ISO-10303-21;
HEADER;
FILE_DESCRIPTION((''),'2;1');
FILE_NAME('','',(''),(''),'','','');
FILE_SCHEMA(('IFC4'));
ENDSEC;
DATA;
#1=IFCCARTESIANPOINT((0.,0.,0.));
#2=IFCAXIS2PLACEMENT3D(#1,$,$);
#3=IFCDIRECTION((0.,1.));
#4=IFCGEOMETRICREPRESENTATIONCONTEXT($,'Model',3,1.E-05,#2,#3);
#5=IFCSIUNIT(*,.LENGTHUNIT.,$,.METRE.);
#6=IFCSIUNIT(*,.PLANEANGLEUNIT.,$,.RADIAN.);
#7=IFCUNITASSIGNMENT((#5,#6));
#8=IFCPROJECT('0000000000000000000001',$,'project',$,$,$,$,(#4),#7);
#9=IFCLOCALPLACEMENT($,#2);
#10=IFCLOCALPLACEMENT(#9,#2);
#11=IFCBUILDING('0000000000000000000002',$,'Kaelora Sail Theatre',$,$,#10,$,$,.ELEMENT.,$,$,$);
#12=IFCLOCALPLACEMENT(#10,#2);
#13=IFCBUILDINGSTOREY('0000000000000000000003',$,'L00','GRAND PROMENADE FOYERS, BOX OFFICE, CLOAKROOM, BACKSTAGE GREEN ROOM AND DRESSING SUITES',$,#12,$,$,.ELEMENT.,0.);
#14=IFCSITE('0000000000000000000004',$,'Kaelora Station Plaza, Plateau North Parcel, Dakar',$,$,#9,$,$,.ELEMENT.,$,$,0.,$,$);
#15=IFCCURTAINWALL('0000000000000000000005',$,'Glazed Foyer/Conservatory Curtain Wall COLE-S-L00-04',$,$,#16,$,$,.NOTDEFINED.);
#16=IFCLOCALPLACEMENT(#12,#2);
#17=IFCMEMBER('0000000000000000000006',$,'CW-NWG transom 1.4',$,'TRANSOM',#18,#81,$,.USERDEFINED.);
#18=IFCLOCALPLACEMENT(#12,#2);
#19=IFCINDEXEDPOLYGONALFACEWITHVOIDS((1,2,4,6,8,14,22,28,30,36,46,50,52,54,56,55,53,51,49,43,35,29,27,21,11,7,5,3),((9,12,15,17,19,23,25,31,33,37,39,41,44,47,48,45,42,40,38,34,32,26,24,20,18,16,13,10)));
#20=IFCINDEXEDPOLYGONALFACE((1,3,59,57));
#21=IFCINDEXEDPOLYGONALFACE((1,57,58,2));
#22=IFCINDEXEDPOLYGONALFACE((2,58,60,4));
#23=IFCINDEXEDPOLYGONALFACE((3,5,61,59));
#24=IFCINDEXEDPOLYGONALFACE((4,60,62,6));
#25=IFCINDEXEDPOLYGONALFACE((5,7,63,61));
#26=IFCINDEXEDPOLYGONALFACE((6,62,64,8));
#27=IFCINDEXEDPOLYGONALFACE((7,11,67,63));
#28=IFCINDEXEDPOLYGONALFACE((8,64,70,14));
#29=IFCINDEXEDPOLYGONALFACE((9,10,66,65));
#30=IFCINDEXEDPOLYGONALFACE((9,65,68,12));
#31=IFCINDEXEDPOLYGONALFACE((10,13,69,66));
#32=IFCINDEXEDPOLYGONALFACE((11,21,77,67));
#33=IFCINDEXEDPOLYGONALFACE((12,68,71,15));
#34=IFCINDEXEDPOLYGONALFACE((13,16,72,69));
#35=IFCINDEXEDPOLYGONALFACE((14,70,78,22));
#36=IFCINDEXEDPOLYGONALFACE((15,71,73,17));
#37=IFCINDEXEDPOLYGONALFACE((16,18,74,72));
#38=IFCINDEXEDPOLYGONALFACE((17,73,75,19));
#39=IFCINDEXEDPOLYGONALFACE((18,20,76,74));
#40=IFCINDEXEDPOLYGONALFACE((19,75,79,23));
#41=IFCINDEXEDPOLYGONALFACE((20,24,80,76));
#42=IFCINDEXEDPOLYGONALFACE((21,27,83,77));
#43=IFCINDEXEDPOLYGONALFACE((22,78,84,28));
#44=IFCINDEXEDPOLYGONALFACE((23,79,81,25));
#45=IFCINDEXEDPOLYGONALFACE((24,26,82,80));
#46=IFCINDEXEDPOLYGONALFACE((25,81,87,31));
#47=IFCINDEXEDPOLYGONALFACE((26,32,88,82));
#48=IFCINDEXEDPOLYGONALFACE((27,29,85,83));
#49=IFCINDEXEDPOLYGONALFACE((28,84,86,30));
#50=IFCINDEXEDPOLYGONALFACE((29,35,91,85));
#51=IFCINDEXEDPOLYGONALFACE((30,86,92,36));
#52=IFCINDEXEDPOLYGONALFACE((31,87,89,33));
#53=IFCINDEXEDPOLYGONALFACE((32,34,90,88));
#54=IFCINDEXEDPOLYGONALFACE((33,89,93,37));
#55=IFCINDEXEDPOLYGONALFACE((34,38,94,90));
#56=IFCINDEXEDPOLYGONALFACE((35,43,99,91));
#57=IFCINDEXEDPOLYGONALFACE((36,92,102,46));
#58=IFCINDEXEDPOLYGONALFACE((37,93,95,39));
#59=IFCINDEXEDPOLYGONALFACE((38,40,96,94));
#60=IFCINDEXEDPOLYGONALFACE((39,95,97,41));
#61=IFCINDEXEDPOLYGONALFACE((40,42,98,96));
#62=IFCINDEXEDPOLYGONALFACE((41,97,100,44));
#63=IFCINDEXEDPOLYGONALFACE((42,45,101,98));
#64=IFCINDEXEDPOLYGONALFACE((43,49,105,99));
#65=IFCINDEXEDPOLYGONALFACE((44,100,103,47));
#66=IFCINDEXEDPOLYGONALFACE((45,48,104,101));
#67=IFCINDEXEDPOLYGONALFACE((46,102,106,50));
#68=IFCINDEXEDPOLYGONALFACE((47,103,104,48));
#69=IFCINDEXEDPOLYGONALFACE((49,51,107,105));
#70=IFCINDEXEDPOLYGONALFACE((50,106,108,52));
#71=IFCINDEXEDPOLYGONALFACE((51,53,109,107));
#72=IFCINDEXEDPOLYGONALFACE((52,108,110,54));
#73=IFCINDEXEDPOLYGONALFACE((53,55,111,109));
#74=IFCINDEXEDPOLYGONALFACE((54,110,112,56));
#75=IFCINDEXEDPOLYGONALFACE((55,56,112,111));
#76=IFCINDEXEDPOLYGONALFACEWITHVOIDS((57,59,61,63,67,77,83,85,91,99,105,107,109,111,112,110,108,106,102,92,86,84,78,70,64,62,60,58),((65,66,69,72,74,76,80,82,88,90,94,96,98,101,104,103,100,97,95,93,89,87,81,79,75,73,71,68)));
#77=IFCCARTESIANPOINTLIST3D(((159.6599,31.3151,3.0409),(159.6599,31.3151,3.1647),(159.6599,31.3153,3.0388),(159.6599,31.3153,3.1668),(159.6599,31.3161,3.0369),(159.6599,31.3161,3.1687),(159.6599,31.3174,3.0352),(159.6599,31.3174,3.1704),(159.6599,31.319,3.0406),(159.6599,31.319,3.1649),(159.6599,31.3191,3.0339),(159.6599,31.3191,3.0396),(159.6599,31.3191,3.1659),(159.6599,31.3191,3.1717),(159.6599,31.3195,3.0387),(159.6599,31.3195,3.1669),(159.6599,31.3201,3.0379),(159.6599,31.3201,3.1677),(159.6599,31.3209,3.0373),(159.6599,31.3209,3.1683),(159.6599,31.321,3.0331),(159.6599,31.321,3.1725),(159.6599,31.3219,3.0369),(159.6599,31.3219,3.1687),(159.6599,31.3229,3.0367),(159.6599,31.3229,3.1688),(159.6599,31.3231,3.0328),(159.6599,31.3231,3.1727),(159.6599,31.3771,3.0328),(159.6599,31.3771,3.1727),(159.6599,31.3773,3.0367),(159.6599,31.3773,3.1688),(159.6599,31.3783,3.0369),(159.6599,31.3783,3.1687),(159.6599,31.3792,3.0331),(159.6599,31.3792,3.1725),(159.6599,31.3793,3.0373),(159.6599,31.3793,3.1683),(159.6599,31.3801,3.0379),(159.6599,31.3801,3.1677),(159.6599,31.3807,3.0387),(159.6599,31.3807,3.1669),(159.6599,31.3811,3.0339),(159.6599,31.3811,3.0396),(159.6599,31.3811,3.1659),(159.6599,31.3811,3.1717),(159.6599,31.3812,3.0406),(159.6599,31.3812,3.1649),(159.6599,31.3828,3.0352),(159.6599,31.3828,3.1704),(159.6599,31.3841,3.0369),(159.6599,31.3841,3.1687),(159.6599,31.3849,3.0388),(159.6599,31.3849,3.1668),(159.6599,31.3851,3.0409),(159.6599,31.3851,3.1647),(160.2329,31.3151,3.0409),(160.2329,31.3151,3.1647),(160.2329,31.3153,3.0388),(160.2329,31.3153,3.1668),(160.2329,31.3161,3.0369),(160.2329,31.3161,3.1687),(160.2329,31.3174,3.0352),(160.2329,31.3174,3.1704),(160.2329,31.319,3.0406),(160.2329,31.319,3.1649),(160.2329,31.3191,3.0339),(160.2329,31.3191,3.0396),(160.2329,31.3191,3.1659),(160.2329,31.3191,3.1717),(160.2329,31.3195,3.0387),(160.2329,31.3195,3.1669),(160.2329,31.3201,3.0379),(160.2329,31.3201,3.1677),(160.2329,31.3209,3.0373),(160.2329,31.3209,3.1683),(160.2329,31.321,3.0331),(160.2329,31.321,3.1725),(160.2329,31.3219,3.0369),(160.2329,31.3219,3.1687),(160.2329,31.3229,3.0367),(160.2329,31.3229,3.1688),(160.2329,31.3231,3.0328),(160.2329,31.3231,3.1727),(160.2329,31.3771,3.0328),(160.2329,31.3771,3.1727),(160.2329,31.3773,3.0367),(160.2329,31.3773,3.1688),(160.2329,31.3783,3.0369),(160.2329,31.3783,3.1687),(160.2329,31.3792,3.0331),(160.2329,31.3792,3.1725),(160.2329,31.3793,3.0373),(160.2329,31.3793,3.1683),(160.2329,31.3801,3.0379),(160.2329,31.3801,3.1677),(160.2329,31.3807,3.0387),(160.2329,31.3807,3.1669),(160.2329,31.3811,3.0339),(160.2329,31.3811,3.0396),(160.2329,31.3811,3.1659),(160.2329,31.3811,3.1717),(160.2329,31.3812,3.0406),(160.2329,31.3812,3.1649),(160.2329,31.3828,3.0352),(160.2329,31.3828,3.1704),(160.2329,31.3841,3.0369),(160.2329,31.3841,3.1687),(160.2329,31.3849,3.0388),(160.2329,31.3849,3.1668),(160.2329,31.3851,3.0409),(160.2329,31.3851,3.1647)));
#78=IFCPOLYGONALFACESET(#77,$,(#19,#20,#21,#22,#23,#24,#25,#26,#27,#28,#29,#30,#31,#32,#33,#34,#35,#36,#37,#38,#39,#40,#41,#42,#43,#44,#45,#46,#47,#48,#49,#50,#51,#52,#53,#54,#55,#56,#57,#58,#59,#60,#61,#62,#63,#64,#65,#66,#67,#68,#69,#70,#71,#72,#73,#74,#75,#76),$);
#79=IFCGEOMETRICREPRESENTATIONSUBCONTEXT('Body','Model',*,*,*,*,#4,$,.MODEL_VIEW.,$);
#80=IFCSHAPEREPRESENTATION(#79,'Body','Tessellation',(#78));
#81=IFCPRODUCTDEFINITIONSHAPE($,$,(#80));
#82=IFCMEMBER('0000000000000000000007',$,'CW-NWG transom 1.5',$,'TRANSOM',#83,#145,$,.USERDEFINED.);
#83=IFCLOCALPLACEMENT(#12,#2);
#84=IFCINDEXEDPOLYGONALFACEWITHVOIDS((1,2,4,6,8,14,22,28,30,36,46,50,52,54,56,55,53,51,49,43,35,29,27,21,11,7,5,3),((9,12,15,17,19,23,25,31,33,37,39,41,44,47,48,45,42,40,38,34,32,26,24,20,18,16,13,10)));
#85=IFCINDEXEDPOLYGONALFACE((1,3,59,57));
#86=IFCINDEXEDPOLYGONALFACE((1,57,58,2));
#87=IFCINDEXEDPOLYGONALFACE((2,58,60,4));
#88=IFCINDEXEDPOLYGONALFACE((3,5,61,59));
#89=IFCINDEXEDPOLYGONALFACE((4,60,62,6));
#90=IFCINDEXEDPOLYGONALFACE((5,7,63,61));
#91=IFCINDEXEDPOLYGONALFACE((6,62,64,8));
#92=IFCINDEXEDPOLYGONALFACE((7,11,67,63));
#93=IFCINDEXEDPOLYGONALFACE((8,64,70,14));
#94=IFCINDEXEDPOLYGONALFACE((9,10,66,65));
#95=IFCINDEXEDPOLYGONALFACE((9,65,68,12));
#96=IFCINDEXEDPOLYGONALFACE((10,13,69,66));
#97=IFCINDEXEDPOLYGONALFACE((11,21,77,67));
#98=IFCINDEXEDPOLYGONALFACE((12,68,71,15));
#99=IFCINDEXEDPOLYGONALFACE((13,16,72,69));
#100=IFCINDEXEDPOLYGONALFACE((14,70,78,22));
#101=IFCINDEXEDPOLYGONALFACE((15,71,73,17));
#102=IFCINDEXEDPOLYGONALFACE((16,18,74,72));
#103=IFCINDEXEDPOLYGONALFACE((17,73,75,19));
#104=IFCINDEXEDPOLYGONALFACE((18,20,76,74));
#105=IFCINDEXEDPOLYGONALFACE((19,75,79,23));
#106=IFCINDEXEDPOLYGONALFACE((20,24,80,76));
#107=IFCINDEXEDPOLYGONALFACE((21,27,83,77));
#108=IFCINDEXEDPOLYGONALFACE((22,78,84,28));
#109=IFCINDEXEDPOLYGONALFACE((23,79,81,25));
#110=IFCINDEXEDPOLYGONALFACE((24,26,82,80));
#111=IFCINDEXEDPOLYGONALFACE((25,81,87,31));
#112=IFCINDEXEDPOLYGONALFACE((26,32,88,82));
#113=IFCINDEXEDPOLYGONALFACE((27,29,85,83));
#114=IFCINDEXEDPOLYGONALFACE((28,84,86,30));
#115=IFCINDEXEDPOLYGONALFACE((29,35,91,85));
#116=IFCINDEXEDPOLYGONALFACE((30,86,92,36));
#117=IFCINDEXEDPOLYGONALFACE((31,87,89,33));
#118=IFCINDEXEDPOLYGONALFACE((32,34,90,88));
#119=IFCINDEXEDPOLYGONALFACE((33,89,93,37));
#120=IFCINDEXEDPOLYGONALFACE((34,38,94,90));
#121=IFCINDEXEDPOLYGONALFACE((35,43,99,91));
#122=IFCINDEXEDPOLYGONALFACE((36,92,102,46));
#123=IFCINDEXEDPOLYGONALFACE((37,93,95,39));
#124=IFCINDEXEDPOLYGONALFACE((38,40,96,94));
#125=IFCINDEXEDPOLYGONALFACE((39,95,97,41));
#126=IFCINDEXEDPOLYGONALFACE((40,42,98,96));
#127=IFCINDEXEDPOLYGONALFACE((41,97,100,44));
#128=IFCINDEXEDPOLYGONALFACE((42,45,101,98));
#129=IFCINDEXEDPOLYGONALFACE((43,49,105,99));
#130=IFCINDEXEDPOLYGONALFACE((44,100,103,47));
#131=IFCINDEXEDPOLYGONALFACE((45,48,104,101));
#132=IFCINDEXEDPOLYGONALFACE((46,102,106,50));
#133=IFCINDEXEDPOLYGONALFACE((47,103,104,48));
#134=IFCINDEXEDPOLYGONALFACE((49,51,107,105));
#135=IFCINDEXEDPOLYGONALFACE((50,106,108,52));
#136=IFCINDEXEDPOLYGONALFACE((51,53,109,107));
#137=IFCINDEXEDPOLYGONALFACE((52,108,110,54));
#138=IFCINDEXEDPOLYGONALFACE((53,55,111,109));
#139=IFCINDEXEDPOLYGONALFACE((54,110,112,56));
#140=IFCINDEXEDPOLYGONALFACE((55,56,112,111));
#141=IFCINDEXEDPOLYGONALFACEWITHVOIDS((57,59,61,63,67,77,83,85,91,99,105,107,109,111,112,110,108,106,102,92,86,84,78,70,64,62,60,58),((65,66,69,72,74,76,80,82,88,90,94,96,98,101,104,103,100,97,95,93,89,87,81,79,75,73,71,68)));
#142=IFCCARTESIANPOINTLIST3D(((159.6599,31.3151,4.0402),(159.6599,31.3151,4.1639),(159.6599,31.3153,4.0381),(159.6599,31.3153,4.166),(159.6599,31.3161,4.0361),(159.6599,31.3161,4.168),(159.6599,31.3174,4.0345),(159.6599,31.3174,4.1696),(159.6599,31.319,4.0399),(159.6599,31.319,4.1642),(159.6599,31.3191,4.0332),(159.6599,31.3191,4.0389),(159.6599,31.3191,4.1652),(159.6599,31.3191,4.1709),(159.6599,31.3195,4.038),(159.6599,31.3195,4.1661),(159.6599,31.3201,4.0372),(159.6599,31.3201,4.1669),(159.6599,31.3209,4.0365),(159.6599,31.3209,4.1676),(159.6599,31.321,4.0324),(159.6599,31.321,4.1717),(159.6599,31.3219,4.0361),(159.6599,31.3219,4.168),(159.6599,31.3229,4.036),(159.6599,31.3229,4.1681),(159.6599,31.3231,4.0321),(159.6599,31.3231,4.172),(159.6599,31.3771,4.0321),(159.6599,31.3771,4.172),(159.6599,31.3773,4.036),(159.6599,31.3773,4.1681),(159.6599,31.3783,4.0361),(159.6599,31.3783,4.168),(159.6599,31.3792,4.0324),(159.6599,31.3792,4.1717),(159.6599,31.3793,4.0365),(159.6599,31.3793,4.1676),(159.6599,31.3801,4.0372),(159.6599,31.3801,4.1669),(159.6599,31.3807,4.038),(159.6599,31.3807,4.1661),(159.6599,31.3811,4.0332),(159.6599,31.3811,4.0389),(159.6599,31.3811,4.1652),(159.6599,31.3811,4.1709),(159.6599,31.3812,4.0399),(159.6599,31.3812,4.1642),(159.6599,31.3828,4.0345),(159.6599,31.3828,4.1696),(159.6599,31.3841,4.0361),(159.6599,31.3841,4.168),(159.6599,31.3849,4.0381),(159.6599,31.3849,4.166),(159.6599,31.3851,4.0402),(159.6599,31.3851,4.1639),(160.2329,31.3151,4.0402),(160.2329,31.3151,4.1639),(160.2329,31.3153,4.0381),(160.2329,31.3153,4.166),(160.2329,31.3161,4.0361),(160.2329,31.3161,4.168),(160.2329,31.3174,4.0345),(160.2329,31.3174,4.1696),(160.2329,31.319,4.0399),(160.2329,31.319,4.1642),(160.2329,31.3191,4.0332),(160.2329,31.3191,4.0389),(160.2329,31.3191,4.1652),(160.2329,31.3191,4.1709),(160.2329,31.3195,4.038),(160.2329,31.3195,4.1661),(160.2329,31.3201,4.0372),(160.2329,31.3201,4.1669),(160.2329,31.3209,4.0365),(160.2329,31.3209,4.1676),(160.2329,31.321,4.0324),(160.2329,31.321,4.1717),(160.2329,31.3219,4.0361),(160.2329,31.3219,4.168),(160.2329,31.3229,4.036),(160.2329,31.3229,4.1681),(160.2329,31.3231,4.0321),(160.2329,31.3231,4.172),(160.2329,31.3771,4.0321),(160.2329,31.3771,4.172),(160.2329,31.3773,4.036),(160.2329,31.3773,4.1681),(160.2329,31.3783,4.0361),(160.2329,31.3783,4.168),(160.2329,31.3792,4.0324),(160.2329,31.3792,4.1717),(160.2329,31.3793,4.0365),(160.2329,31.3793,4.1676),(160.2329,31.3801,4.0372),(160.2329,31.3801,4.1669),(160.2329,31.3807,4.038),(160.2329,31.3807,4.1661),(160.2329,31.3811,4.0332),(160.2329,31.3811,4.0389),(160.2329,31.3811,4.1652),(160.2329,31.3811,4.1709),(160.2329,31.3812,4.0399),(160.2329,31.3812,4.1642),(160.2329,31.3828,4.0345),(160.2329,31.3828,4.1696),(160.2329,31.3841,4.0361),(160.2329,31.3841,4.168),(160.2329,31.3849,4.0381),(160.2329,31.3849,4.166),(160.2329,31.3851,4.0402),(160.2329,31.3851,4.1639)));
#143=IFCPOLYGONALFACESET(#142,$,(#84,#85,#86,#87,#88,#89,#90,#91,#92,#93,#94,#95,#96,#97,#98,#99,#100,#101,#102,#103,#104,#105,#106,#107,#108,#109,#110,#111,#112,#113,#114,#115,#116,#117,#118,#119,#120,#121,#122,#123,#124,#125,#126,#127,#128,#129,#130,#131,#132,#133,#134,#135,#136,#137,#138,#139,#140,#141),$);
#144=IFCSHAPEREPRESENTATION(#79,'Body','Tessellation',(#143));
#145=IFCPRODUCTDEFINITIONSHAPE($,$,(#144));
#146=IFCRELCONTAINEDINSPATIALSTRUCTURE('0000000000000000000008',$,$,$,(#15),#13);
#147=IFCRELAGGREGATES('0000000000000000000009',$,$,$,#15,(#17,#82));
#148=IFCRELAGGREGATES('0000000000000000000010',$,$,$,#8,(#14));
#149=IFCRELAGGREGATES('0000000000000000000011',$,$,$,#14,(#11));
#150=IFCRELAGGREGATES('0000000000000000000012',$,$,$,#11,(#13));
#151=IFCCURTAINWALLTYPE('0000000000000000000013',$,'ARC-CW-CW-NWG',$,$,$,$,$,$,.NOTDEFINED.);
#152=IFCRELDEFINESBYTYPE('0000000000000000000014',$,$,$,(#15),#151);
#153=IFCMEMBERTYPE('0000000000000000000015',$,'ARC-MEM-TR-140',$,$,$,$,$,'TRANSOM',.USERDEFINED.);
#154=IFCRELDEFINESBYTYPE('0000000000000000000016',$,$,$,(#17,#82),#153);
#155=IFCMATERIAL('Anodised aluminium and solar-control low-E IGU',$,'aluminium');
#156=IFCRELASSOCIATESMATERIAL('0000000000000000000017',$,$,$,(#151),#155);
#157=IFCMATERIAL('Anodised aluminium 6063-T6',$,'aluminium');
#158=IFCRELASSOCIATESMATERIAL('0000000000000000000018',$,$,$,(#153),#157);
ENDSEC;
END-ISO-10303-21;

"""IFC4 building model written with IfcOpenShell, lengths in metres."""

from ifc_helpers import new_model, si_unit, direction, frame, origin, origin_2d, place, context, subcontext, project, spatial, hollow_rectangle, extrude, material, material_profile, profile_set, type_object, element, aggregate, save


model = new_model("IFC4")

# Units and contexts
model_context = context("Model", 3, precision=1e-05, world=origin(), true_north=direction((0.0, 1.0)))
body_context = subcontext(model_context, "Body", "Model", "MODEL_VIEW")
ifc_project = project(units=[si_unit("LENGTHUNIT", "METRE"), si_unit("PLANEANGLEUNIT", "RADIAN")], contexts=[model_context])

# Site, building, storey
site_placement = place(None, origin())
site = spatial("IfcSite", under=ifc_project, at=site_placement, Name="Kaelora Station Plaza, Plateau North Parcel, Dakar", CompositionType="ELEMENT", RefElevation=0.0)
building_placement = place(site_placement, origin())
building = spatial("IfcBuilding", under=site, at=building_placement, Name="Kaelora Sail Theatre", CompositionType="ELEMENT")
storey_placement = place(building_placement, origin())
storey = spatial("IfcBuildingStorey", under=building, at=storey_placement, Name="L00", Description="GRAND PROMENADE FOYERS, BOX OFFICE, CLOAKROOM, BACKSTAGE GREEN ROOM AND DRESSING SUITES", CompositionType="ELEMENT", Elevation=0.0)

# Curtain wall, members
ifc_material_1 = material(Name="Anodised aluminium and solar-control low-E IGU", Category="aluminium")
curtain_wall_type = type_object("IfcCurtainWallType", Name="ARC-CW-CW-NWG", PredefinedType="NOTDEFINED", material=ifc_material_1)
ifc_material_2 = material(Name="Anodised aluminium 6063-T6", Category="aluminium")
ifc_material_profile = material_profile(ifc_material_2, hollow_rectangle(XDim=0.0701, YDim=0.1399, WallThickness=0.0039, InnerFilletRadius=0.0039, OuterFilletRadius=0.0081, at=origin_2d()), Name="ALU-TRAN 70x140x4")
ifc_profile_set = profile_set([ifc_material_profile], Name="Anodised aluminium 6063-T6")
member_type = type_object("IfcMemberType", Name="ARC-MEM-TR-140", ElementType="TRANSOM", PredefinedType="USERDEFINED", material=ifc_profile_set)
curtain_wall_1_placement = place(storey_placement, origin())
curtain_wall_1 = element("IfcCurtainWall", 1, at=curtain_wall_1_placement, inside=storey, type_object=curtain_wall_type, Name="Glazed Foyer/Conservatory Curtain Wall COLE-S-L00-04", PredefinedType="NOTDEFINED")
member_1_placement = place(storey_placement, frame((159.6599, 31.3501, 3.1028), z_axis=(1.0, 0.0, 0.0), x_axis=(0.0, 1.0, 0.0)))
member_1 = element("IfcMember", 2, at=member_1_placement, type_object=member_type, Name="CW-NWG transom 1.4", ObjectType="TRANSOM", PredefinedType="USERDEFINED", context=body_context, shape_type="SweptSolid", body=[
    extrude(hollow_rectangle(XDim=0.0701, YDim=0.1399, WallThickness=0.0039, InnerFilletRadius=0.0039, OuterFilletRadius=0.0081, at=origin_2d()), origin(), (0.0, 0.0, 1.0), 0.573),
])
member_2_placement = place(storey_placement, frame((159.6599, 31.3501, 4.1021), z_axis=(1.0, 0.0, 0.0), x_axis=(0.0, 1.0, 0.0)))
member_2 = element("IfcMember", 3, at=member_2_placement, type_object=member_type, Name="CW-NWG transom 1.5", ObjectType="TRANSOM", PredefinedType="USERDEFINED", context=body_context, shape_type="SweptSolid", body=[
    extrude(hollow_rectangle(XDim=0.0701, YDim=0.1399, WallThickness=0.0039, InnerFilletRadius=0.0039, OuterFilletRadius=0.0081, at=origin_2d()), origin(), (0.0, 0.0, 1.0), 0.573),
])

aggregate(curtain_wall_1, [member_1, member_2])

save(model, "model.ifc")
